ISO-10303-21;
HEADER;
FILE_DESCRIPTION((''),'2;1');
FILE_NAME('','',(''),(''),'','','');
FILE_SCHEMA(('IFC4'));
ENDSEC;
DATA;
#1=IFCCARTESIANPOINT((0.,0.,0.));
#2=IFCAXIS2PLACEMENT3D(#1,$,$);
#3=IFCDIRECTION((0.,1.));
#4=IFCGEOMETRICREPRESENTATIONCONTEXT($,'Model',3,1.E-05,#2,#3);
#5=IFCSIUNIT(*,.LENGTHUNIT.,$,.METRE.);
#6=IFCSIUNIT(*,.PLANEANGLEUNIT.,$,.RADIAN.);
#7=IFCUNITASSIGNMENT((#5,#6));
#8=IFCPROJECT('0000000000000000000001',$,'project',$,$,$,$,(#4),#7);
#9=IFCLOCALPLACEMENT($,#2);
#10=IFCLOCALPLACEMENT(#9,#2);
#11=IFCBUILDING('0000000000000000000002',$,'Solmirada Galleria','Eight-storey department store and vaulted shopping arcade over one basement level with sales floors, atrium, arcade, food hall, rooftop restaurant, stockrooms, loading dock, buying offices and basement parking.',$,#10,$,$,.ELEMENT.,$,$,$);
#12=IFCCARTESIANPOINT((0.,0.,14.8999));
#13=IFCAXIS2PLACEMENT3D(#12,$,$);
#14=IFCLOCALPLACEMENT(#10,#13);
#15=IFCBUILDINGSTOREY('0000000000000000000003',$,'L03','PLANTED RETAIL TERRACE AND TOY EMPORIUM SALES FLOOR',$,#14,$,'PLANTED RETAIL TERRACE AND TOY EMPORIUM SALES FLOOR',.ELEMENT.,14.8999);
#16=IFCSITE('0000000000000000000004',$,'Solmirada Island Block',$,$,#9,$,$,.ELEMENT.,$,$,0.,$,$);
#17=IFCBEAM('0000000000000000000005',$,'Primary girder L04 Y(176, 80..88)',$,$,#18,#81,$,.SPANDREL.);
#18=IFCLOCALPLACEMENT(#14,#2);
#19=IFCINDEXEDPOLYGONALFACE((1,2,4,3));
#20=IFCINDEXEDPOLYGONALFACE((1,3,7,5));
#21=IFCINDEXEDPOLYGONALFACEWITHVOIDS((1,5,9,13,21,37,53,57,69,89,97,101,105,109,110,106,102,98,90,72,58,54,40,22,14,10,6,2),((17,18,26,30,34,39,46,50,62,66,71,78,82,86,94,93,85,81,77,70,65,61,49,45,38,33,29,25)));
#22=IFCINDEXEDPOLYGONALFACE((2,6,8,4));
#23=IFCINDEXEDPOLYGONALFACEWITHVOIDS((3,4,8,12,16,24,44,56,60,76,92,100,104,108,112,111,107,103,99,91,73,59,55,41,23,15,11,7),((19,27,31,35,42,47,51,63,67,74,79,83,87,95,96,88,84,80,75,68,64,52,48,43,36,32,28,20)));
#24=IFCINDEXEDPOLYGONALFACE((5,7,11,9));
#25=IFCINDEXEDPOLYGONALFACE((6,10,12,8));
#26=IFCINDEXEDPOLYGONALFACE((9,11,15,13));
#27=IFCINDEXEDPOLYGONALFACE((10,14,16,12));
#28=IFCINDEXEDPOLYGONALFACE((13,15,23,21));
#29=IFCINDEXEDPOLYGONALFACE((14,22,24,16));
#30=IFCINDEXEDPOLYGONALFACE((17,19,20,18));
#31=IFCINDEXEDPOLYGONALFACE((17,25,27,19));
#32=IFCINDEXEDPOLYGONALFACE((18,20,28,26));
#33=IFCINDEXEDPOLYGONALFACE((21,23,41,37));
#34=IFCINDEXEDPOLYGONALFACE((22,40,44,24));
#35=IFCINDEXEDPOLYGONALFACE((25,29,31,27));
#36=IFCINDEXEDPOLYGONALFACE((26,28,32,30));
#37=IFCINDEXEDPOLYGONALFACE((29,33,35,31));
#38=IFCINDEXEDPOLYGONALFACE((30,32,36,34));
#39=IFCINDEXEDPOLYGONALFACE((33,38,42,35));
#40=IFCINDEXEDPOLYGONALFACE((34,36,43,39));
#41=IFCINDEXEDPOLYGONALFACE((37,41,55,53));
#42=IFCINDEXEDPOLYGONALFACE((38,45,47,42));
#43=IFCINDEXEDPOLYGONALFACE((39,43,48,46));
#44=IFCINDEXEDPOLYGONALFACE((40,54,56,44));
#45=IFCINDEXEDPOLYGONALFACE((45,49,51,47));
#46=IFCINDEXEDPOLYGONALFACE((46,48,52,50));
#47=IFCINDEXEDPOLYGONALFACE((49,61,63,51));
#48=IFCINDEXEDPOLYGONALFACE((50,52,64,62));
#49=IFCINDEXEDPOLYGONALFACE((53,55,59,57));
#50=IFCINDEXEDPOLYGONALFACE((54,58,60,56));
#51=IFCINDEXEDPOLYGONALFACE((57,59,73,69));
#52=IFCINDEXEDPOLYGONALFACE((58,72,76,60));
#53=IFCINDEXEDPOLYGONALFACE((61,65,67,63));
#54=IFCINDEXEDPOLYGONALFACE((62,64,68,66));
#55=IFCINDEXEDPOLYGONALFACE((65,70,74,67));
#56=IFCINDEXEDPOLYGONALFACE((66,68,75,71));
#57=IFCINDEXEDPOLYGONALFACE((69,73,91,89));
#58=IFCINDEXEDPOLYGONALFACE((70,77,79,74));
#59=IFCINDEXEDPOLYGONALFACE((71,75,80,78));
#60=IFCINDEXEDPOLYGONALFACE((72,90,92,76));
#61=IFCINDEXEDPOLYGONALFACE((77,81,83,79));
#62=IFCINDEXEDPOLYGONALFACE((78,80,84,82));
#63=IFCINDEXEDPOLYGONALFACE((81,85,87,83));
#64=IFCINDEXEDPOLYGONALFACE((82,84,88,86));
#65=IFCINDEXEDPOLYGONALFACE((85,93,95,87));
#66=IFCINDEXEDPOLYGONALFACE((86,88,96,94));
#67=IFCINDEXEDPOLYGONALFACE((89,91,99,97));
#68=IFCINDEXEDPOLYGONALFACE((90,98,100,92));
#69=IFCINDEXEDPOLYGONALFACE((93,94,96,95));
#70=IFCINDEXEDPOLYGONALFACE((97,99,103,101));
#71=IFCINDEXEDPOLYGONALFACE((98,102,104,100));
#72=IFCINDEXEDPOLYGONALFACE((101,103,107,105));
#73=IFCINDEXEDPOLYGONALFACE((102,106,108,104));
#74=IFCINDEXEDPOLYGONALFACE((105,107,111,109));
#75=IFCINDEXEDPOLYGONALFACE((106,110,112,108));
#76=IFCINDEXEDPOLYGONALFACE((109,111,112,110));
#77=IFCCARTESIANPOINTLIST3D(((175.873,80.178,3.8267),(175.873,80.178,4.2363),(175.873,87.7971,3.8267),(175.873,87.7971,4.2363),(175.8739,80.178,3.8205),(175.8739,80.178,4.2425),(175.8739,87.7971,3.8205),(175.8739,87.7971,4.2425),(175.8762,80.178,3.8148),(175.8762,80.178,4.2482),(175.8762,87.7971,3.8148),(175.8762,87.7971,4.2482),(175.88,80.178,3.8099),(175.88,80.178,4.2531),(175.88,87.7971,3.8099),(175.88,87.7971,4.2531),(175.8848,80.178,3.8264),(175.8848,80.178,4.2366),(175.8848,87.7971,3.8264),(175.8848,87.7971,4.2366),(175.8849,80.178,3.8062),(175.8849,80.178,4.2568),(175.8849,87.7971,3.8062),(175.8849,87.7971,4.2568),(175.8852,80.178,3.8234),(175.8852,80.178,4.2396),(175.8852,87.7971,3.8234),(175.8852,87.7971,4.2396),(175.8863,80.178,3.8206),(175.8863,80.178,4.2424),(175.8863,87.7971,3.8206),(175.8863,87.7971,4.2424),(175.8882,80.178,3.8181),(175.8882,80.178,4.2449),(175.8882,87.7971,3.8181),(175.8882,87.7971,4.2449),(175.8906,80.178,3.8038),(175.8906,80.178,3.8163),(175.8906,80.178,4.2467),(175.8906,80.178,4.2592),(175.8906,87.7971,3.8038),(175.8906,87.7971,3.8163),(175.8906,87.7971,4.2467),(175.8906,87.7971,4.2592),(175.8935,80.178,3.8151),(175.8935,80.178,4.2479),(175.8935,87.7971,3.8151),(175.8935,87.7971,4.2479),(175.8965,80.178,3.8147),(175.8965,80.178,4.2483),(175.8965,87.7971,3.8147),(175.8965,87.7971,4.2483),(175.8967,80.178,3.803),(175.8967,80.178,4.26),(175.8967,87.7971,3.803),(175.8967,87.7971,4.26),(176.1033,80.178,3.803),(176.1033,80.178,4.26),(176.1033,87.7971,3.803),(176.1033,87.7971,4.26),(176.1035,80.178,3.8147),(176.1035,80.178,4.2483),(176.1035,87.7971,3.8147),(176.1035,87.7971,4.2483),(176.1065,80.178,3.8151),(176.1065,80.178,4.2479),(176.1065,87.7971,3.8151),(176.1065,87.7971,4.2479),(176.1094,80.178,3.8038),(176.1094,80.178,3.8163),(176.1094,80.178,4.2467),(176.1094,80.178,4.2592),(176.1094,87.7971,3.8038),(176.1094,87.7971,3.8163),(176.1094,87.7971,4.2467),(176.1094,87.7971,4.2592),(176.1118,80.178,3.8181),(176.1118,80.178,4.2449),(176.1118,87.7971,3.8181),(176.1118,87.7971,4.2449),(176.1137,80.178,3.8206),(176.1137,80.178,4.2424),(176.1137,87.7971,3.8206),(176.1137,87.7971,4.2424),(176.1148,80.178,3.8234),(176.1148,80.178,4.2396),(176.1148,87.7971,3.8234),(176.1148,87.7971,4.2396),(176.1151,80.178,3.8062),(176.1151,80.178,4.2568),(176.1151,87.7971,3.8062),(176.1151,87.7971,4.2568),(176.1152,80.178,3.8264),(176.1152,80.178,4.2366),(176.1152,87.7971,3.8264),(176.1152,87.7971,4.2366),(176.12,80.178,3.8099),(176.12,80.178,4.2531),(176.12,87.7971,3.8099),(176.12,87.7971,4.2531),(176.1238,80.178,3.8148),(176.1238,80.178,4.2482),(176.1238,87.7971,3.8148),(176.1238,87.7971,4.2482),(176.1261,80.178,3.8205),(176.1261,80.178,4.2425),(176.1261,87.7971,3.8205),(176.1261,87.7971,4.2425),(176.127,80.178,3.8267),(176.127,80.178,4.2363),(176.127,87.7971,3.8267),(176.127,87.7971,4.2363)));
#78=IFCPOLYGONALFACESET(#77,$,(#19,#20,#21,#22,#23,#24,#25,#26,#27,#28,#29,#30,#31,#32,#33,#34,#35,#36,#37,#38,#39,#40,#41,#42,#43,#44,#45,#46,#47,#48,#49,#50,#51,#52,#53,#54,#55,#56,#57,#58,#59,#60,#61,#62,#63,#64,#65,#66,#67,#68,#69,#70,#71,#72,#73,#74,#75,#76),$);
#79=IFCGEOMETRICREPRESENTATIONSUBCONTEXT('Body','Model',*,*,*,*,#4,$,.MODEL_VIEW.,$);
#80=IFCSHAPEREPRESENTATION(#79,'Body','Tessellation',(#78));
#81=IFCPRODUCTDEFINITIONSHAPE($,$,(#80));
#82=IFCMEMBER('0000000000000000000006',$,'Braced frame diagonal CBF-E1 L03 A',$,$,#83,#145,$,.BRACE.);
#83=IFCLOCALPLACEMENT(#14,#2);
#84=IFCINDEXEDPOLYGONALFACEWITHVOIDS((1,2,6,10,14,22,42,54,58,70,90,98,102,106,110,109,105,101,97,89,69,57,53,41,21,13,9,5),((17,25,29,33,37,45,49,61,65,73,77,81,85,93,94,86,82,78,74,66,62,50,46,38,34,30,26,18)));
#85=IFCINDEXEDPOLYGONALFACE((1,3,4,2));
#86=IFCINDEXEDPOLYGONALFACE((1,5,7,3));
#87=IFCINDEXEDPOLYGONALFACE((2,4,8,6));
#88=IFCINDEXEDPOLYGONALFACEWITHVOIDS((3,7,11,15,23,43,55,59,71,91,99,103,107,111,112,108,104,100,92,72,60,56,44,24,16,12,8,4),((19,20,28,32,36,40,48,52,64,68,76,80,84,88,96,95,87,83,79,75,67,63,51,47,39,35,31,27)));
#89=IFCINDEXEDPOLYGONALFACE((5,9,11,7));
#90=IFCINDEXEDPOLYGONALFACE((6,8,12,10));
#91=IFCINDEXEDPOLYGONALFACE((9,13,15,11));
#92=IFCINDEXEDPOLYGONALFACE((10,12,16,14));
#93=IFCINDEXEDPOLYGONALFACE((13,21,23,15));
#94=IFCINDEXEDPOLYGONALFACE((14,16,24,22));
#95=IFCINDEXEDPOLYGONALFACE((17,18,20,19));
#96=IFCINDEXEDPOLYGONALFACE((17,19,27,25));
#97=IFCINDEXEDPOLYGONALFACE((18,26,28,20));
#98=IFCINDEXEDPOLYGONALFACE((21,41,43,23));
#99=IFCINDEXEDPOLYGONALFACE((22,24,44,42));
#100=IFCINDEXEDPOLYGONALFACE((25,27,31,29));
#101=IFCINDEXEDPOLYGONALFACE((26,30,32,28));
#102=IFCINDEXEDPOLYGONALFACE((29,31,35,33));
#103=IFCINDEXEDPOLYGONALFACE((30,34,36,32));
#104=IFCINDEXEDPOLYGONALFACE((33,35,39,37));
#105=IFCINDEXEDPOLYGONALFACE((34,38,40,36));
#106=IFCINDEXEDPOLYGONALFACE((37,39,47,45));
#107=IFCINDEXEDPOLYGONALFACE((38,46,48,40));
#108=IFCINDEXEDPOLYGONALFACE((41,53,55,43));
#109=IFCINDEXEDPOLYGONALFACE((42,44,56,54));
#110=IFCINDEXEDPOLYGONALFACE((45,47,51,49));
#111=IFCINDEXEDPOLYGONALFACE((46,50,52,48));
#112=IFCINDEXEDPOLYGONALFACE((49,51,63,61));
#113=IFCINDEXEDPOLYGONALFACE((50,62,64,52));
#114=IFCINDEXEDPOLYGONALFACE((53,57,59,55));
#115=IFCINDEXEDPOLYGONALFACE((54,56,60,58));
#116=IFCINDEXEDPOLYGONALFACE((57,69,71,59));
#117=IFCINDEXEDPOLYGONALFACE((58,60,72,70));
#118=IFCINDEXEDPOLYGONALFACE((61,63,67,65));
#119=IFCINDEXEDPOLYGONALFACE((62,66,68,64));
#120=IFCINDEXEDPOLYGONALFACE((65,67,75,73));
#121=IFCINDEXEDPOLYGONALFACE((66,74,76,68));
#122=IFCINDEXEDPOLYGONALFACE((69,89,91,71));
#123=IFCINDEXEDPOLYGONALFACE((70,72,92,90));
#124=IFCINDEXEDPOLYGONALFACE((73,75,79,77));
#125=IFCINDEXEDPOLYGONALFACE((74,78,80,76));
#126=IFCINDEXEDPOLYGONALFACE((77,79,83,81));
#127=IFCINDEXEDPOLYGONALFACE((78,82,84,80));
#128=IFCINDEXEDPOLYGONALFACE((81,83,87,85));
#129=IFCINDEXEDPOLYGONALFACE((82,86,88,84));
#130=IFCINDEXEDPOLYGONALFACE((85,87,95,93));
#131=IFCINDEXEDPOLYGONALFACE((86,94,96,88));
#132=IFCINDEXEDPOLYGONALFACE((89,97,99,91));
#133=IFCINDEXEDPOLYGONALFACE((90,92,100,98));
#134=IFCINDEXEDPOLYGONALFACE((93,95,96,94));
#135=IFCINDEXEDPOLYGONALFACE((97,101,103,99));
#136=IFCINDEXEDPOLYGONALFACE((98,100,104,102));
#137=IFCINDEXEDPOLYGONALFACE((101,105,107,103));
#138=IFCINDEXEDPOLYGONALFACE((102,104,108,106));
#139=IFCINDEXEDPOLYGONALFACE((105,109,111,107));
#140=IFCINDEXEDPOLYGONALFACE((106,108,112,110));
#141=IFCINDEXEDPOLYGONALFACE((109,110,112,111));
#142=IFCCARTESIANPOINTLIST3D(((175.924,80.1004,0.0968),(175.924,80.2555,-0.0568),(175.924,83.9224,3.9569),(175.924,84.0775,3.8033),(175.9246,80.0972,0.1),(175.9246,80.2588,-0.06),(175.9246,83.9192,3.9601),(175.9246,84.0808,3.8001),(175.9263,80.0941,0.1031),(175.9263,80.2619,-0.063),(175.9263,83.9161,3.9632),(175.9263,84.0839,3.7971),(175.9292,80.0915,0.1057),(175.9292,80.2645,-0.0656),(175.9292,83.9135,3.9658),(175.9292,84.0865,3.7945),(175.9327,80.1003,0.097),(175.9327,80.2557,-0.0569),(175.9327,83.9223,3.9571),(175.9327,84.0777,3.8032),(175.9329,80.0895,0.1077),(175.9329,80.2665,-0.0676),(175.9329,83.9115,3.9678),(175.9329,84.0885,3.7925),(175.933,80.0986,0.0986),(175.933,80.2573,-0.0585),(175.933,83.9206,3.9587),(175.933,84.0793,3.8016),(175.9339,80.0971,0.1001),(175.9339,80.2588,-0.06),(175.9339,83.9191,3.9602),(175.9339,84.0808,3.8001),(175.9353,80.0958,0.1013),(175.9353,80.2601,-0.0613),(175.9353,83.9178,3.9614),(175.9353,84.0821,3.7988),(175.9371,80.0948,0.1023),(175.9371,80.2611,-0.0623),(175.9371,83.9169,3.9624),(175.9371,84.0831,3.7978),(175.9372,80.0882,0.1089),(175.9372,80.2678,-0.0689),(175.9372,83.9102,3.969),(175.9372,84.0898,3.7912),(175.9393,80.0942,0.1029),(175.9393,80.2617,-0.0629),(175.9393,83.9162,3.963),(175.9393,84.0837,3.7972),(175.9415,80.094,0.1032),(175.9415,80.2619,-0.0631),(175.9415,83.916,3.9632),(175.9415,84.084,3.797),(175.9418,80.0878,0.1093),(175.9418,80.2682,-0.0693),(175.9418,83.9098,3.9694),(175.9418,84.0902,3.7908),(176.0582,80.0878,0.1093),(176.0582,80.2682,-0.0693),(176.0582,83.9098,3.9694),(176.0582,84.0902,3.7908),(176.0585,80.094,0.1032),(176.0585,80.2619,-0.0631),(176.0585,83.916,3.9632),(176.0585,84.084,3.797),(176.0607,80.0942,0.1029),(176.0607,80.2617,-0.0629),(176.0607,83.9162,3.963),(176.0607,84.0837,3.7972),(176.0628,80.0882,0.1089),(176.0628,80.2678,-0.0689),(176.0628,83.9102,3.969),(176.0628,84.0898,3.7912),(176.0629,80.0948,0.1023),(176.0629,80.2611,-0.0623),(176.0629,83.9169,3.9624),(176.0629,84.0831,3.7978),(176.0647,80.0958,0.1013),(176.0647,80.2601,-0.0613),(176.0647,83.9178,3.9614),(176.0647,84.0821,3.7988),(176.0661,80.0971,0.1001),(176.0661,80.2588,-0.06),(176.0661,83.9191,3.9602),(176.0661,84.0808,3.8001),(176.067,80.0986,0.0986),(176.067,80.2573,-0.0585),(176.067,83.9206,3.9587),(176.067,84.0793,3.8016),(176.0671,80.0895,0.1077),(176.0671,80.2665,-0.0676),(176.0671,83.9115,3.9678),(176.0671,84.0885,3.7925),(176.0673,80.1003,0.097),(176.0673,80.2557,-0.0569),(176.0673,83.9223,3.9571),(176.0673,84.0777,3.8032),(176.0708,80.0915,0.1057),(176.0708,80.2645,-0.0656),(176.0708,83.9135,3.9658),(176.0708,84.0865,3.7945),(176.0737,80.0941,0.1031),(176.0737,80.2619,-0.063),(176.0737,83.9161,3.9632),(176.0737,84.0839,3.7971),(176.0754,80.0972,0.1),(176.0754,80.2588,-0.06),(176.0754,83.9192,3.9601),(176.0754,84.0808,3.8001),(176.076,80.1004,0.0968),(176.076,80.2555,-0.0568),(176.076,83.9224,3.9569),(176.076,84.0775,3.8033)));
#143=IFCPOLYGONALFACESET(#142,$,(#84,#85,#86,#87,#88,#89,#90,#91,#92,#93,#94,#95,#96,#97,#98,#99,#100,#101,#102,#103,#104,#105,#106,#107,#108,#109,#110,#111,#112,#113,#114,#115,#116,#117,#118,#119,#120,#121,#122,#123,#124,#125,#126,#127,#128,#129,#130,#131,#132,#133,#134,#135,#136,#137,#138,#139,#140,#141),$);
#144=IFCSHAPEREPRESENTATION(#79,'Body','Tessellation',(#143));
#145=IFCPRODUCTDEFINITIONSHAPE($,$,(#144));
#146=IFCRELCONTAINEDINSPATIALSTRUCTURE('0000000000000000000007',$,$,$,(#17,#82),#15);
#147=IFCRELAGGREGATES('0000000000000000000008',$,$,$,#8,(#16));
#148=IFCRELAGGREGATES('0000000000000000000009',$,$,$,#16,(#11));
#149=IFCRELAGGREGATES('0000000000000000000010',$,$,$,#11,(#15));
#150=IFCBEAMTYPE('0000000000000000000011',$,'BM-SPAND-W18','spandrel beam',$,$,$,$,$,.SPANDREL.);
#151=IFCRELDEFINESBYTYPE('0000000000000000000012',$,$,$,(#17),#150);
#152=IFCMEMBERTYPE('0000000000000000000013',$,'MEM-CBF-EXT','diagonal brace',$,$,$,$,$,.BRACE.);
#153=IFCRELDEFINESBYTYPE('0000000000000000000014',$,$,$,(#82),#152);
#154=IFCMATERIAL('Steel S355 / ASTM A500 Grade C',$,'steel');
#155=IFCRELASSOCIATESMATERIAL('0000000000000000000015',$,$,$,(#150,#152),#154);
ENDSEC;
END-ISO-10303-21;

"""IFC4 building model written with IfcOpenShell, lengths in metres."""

from ifc_helpers import new_model, si_unit, direction, frame, origin, origin_2d, place, context, subcontext, project, spatial, hollow_rectangle, extrude, material, material_profile, profile_set, type_object, element, save


model = new_model("IFC4")

# Units and contexts
model_context = context("Model", 3, precision=1e-05, world=origin(), true_north=direction((0.0, 1.0)))
body_context = subcontext(model_context, "Body", "Model", "MODEL_VIEW")
ifc_project = project(units=[si_unit("LENGTHUNIT", "METRE"), si_unit("PLANEANGLEUNIT", "RADIAN")], contexts=[model_context])

# Site, building, storey
site_placement = place(None, origin())
site = spatial("IfcSite", under=ifc_project, at=site_placement, Name="Solmirada Island Block", CompositionType="ELEMENT", RefElevation=0.0)
building_placement = place(site_placement, origin())
building = spatial("IfcBuilding", under=site, at=building_placement, Name="Solmirada Galleria", Description="Eight-storey department store and vaulted shopping arcade over one basement level with sales floors, atrium, arcade, food hall, rooftop restaurant, stockrooms, loading dock, buying offices and basement parking.", CompositionType="ELEMENT")
storey_placement = place(building_placement, frame((0.0, 0.0, 14.8999)))
storey = spatial("IfcBuildingStorey", under=building, at=storey_placement, Name="L03", Description="PLANTED RETAIL TERRACE AND TOY EMPORIUM SALES FLOOR", LongName="PLANTED RETAIL TERRACE AND TOY EMPORIUM SALES FLOOR", CompositionType="ELEMENT", Elevation=14.8999)

# Shared definitions
ifc_material_1 = material(Name="Steel S355 / ASTM A500 Grade C", Category="steel")

# Beam
ifc_material_profile_1 = material_profile(ifc_material_1, hollow_rectangle(XDim=0.2539, YDim=0.457, WallThickness=0.0117, InnerFilletRadius=0.0117, OuterFilletRadius=0.0237, at=origin_2d()), Name="HSS18X10X1/2")
ifc_profile_set_1 = profile_set([ifc_material_profile_1], Name="Steel S355 / ASTM A500 Grade C")
beam_type_1 = type_object("IfcBeamType", Name="BM-SPAND-W18", Description="spandrel beam", PredefinedType="SPANDREL", material=ifc_profile_set_1)
beam_1_placement = place(storey_placement, frame((176.0, 80.178, 4.0315), z_axis=(0.0, 1.0, 0.0), x_axis=(-1.0, 0.0, 0.0)))
element("IfcBeam", 1, at=beam_1_placement, inside=storey, type_object=beam_type_1, Name="Primary girder L04 Y(176, 80..88)", PredefinedType="SPANDREL", context=body_context, shape_type="SweptSolid", body=[
    extrude(hollow_rectangle(XDim=0.2539, YDim=0.457, WallThickness=0.0117, InnerFilletRadius=0.0117, OuterFilletRadius=0.0237, at=origin_2d()), origin(), (0.0, 0.0, 1.0), 7.6191),
])

# Member
ifc_material_profile_2 = material_profile(ifc_material_1, hollow_rectangle(XDim=0.1521, YDim=0.2539, WallThickness=0.0088, InnerFilletRadius=0.0088, OuterFilletRadius=0.0178, at=origin_2d()), Name="HSS10X6X3/8")
ifc_profile_set_2 = profile_set([ifc_material_profile_2], Name="Steel S355 / ASTM A500 Grade C")
member_type = type_object("IfcMemberType", Name="MEM-CBF-EXT", Description="diagonal brace", PredefinedType="BRACE", material=ifc_profile_set_2)
member_1_placement = place(storey_placement, frame((176.0, 80.178, 0.02), z_axis=(0.0, 0.703592, 0.710604), x_axis=(-1.0, 0.0, 0.0)))
element("IfcMember", 2, at=member_1_placement, inside=storey, type_object=member_type, Name="Braced frame diagonal CBF-E1 L03 A", PredefinedType="BRACE", context=body_context, shape_type="SweptSolid", body=[
    extrude(hollow_rectangle(XDim=0.1521, YDim=0.2539, WallThickness=0.0088, InnerFilletRadius=0.0088, OuterFilletRadius=0.0178, at=origin_2d()), origin(), (0.0, 0.0, 1.0), 5.4321),
])

save(model, "model.ifc")
